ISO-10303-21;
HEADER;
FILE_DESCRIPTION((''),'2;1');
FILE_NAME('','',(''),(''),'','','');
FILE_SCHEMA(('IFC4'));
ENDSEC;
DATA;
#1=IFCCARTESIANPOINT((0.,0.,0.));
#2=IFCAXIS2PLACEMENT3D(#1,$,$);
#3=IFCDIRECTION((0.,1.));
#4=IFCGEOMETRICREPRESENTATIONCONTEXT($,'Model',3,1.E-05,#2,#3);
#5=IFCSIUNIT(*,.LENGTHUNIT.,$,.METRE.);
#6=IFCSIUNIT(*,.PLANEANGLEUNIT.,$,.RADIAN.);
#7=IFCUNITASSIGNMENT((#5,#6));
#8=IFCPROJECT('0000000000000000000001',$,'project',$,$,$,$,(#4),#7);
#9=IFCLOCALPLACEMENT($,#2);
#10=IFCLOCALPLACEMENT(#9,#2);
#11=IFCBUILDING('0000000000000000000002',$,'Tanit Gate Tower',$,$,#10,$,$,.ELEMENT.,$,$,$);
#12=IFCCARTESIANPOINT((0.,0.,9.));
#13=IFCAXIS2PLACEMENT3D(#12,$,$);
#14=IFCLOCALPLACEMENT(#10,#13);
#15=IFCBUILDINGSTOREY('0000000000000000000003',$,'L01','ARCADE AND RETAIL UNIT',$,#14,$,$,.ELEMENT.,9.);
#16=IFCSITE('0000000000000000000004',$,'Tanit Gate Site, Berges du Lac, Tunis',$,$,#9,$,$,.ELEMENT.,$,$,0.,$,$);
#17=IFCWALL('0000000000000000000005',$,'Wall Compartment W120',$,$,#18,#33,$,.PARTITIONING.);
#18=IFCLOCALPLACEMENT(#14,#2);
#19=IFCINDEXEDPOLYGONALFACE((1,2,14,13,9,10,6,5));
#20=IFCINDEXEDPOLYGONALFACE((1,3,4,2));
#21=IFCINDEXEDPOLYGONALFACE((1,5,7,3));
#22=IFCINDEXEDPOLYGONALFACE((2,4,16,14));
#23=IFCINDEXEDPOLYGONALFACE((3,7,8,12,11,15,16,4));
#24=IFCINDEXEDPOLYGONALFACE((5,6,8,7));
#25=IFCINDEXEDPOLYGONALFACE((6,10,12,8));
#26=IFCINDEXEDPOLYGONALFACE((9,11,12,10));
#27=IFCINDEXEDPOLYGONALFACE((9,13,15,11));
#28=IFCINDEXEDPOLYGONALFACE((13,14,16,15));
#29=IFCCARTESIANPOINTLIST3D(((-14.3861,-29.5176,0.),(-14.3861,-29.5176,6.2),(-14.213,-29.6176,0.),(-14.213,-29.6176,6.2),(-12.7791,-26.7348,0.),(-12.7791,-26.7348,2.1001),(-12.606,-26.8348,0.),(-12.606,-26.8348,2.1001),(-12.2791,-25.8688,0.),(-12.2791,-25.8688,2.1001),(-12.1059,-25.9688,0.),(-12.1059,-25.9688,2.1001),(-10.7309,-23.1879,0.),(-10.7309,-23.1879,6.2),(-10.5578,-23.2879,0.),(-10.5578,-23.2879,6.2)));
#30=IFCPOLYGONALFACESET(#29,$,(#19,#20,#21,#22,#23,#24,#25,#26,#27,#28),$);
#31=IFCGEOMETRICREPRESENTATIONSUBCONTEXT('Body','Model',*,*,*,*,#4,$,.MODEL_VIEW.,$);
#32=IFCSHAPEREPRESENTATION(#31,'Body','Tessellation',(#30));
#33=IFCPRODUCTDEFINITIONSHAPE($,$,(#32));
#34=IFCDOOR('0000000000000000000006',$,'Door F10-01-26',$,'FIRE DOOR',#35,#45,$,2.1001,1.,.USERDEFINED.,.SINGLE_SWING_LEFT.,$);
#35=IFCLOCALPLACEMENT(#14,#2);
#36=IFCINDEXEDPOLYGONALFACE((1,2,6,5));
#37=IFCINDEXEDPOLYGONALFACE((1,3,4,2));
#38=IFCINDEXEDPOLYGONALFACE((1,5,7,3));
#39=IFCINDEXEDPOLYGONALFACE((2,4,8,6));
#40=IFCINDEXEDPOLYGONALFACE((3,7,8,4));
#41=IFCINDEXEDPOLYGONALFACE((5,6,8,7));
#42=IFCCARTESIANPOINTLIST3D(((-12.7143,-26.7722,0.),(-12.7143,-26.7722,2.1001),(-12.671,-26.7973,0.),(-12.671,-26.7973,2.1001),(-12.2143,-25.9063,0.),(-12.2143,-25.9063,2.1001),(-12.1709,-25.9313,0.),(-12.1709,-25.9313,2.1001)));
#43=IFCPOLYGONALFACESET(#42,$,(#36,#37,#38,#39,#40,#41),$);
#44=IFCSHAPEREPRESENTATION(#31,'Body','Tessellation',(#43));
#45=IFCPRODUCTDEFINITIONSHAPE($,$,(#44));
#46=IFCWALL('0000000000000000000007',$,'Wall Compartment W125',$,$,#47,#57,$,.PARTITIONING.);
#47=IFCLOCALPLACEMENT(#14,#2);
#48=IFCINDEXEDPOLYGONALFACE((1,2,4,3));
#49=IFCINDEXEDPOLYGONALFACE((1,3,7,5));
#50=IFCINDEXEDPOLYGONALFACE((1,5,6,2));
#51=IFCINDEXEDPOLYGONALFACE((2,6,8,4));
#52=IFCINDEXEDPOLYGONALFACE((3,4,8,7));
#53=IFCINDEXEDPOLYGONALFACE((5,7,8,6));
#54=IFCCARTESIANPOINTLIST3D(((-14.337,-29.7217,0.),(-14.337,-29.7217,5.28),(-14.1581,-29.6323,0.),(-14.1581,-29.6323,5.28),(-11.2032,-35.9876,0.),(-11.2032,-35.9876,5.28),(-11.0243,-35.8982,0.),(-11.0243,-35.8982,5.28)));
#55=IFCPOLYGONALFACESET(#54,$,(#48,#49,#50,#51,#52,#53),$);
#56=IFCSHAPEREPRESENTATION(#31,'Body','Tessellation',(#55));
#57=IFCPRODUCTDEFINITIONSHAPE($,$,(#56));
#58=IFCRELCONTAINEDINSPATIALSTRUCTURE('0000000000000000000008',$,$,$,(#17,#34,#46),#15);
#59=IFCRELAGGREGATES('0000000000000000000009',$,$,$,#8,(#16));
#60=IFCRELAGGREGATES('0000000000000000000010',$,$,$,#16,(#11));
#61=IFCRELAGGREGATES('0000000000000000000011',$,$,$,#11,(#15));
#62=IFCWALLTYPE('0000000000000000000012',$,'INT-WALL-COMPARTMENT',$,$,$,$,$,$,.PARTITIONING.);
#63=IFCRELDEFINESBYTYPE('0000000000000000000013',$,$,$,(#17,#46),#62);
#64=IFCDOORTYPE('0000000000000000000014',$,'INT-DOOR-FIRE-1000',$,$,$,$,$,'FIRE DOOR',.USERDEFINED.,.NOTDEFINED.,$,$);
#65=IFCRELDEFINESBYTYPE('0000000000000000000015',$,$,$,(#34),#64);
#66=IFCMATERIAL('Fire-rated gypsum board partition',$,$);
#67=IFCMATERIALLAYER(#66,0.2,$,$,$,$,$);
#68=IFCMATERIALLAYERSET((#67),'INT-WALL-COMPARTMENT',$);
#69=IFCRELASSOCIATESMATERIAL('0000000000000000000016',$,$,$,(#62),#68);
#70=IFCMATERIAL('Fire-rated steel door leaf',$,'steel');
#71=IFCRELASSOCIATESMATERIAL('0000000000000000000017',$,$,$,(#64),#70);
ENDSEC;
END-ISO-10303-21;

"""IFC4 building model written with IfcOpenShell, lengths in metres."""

from ifc_helpers import new_model, si_unit, direction, frame, frame_2d, origin, place, context, subcontext, project, spatial, rectangle, extrude, material, layer, layer_set, type_object, element, fill, save


model = new_model("IFC4")

# Units and contexts
model_context = context("Model", 3, precision=1e-05, world=origin(), true_north=direction((0.0, 1.0)))
body_context = subcontext(model_context, "Body", "Model", "MODEL_VIEW")
ifc_project = project(units=[si_unit("LENGTHUNIT", "METRE"), si_unit("PLANEANGLEUNIT", "RADIAN")], contexts=[model_context])

# Site, building, storey
site_placement = place(None, origin())
site = spatial("IfcSite", under=ifc_project, at=site_placement, Name="Tanit Gate Site, Berges du Lac, Tunis", CompositionType="ELEMENT", RefElevation=0.0)
building_placement = place(site_placement, origin())
building = spatial("IfcBuilding", under=site, at=building_placement, Name="Tanit Gate Tower", CompositionType="ELEMENT")
storey_placement = place(building_placement, frame((0.0, 0.0, 9.0)))
storey = spatial("IfcBuildingStorey", under=building, at=storey_placement, Name="L01", Description="ARCADE AND RETAIL UNIT", CompositionType="ELEMENT", Elevation=9.0)

# Shared definitions
ifc_material_1 = material(Name="Fire-rated gypsum board partition")
ifc_layer_1 = layer(ifc_material_1, 0.2)
ifc_layer_set_1 = layer_set([ifc_layer_1], Name="INT-WALL-COMPARTMENT")
wall_type_1 = type_object("IfcWallType", Name="INT-WALL-COMPARTMENT", PredefinedType="PARTITIONING", material=ifc_layer_set_1)
ifc_material_2 = material(Name="Fire-rated steel door leaf", Category="steel")
door_type_1 = type_object("IfcDoorType", Name="INT-DOOR-FIRE-1000", ElementType="FIRE DOOR", OperationType="NOTDEFINED", PredefinedType="USERDEFINED", material=ifc_material_2)

# Wall, opening, door
wall_1_placement = place(storey_placement, frame((-10.6443, -23.2378, 0.0), z_axis=(0.0, 0.0, 1.0), x_axis=(-0.500076, -0.865981, 0.0)))
wall_1 = element("IfcWall", 1, at=wall_1_placement, inside=storey, type_object=wall_type_1, Name="Wall Compartment W120", PredefinedType="PARTITIONING", context=body_context, shape_type="SweptSolid", body=[
    extrude(rectangle(XDim=7.3093, YDim=0.2, at=frame_2d((3.6548, 0.0))), origin(), (0.0, 0.0, 1.0), 6.2),
])
opening_1_placement = place(wall_1_placement, frame((3.0959, 0.0, 0.0)))
opening_1 = element("IfcOpeningElement", 2, at=opening_1_placement, cuts=wall_1, PredefinedType="OPENING", context=body_context, shape_type="SweptSolid", body=[
    extrude(rectangle(XDim=1.0, YDim=2.1001, at=frame_2d((0.5, 1.05))), frame((0.0, 0.1099, 0.0), z_axis=(0.0, -1.0, 0.0), x_axis=(1.0, 0.0, 0.0)), (0.0, 0.0, 1.0), 0.22),
])
door_1_placement = place(opening_1_placement, origin())
door_1 = element("IfcDoor", 3, at=door_1_placement, inside=storey, type_object=door_type_1, Name="Door F10-01-26", ObjectType="FIRE DOOR", OperationType="SINGLE_SWING_LEFT", OverallHeight=2.1001, OverallWidth=1.0, PredefinedType="USERDEFINED", context=body_context, shape_type="SweptSolid", body=[
    extrude(rectangle(XDim=1.0, YDim=2.1001, at=frame_2d((0.5, 1.05))), frame((0.0, 0.0249, 0.0), z_axis=(0.0, -1.0, 0.0), x_axis=(1.0, 0.0, 0.0)), (0.0, 0.0, 1.0), 0.05),
])
fill(opening_1, door_1)

# Wall
wall_2_placement = place(storey_placement, frame((-14.2476, -29.677, 0.0), z_axis=(0.0, 0.0, 1.0), x_axis=(0.447311, -0.894378, 0.0)))
element("IfcWall", 4, at=wall_2_placement, inside=storey, type_object=wall_type_1, Name="Wall Compartment W125", PredefinedType="PARTITIONING", context=body_context, shape_type="SweptSolid", body=[
    extrude(rectangle(XDim=7.0059, YDim=0.2, at=frame_2d((3.5029, 0.0))), origin(), (0.0, 0.0, 1.0), 5.28),
])

save(model, "model.ifc")
